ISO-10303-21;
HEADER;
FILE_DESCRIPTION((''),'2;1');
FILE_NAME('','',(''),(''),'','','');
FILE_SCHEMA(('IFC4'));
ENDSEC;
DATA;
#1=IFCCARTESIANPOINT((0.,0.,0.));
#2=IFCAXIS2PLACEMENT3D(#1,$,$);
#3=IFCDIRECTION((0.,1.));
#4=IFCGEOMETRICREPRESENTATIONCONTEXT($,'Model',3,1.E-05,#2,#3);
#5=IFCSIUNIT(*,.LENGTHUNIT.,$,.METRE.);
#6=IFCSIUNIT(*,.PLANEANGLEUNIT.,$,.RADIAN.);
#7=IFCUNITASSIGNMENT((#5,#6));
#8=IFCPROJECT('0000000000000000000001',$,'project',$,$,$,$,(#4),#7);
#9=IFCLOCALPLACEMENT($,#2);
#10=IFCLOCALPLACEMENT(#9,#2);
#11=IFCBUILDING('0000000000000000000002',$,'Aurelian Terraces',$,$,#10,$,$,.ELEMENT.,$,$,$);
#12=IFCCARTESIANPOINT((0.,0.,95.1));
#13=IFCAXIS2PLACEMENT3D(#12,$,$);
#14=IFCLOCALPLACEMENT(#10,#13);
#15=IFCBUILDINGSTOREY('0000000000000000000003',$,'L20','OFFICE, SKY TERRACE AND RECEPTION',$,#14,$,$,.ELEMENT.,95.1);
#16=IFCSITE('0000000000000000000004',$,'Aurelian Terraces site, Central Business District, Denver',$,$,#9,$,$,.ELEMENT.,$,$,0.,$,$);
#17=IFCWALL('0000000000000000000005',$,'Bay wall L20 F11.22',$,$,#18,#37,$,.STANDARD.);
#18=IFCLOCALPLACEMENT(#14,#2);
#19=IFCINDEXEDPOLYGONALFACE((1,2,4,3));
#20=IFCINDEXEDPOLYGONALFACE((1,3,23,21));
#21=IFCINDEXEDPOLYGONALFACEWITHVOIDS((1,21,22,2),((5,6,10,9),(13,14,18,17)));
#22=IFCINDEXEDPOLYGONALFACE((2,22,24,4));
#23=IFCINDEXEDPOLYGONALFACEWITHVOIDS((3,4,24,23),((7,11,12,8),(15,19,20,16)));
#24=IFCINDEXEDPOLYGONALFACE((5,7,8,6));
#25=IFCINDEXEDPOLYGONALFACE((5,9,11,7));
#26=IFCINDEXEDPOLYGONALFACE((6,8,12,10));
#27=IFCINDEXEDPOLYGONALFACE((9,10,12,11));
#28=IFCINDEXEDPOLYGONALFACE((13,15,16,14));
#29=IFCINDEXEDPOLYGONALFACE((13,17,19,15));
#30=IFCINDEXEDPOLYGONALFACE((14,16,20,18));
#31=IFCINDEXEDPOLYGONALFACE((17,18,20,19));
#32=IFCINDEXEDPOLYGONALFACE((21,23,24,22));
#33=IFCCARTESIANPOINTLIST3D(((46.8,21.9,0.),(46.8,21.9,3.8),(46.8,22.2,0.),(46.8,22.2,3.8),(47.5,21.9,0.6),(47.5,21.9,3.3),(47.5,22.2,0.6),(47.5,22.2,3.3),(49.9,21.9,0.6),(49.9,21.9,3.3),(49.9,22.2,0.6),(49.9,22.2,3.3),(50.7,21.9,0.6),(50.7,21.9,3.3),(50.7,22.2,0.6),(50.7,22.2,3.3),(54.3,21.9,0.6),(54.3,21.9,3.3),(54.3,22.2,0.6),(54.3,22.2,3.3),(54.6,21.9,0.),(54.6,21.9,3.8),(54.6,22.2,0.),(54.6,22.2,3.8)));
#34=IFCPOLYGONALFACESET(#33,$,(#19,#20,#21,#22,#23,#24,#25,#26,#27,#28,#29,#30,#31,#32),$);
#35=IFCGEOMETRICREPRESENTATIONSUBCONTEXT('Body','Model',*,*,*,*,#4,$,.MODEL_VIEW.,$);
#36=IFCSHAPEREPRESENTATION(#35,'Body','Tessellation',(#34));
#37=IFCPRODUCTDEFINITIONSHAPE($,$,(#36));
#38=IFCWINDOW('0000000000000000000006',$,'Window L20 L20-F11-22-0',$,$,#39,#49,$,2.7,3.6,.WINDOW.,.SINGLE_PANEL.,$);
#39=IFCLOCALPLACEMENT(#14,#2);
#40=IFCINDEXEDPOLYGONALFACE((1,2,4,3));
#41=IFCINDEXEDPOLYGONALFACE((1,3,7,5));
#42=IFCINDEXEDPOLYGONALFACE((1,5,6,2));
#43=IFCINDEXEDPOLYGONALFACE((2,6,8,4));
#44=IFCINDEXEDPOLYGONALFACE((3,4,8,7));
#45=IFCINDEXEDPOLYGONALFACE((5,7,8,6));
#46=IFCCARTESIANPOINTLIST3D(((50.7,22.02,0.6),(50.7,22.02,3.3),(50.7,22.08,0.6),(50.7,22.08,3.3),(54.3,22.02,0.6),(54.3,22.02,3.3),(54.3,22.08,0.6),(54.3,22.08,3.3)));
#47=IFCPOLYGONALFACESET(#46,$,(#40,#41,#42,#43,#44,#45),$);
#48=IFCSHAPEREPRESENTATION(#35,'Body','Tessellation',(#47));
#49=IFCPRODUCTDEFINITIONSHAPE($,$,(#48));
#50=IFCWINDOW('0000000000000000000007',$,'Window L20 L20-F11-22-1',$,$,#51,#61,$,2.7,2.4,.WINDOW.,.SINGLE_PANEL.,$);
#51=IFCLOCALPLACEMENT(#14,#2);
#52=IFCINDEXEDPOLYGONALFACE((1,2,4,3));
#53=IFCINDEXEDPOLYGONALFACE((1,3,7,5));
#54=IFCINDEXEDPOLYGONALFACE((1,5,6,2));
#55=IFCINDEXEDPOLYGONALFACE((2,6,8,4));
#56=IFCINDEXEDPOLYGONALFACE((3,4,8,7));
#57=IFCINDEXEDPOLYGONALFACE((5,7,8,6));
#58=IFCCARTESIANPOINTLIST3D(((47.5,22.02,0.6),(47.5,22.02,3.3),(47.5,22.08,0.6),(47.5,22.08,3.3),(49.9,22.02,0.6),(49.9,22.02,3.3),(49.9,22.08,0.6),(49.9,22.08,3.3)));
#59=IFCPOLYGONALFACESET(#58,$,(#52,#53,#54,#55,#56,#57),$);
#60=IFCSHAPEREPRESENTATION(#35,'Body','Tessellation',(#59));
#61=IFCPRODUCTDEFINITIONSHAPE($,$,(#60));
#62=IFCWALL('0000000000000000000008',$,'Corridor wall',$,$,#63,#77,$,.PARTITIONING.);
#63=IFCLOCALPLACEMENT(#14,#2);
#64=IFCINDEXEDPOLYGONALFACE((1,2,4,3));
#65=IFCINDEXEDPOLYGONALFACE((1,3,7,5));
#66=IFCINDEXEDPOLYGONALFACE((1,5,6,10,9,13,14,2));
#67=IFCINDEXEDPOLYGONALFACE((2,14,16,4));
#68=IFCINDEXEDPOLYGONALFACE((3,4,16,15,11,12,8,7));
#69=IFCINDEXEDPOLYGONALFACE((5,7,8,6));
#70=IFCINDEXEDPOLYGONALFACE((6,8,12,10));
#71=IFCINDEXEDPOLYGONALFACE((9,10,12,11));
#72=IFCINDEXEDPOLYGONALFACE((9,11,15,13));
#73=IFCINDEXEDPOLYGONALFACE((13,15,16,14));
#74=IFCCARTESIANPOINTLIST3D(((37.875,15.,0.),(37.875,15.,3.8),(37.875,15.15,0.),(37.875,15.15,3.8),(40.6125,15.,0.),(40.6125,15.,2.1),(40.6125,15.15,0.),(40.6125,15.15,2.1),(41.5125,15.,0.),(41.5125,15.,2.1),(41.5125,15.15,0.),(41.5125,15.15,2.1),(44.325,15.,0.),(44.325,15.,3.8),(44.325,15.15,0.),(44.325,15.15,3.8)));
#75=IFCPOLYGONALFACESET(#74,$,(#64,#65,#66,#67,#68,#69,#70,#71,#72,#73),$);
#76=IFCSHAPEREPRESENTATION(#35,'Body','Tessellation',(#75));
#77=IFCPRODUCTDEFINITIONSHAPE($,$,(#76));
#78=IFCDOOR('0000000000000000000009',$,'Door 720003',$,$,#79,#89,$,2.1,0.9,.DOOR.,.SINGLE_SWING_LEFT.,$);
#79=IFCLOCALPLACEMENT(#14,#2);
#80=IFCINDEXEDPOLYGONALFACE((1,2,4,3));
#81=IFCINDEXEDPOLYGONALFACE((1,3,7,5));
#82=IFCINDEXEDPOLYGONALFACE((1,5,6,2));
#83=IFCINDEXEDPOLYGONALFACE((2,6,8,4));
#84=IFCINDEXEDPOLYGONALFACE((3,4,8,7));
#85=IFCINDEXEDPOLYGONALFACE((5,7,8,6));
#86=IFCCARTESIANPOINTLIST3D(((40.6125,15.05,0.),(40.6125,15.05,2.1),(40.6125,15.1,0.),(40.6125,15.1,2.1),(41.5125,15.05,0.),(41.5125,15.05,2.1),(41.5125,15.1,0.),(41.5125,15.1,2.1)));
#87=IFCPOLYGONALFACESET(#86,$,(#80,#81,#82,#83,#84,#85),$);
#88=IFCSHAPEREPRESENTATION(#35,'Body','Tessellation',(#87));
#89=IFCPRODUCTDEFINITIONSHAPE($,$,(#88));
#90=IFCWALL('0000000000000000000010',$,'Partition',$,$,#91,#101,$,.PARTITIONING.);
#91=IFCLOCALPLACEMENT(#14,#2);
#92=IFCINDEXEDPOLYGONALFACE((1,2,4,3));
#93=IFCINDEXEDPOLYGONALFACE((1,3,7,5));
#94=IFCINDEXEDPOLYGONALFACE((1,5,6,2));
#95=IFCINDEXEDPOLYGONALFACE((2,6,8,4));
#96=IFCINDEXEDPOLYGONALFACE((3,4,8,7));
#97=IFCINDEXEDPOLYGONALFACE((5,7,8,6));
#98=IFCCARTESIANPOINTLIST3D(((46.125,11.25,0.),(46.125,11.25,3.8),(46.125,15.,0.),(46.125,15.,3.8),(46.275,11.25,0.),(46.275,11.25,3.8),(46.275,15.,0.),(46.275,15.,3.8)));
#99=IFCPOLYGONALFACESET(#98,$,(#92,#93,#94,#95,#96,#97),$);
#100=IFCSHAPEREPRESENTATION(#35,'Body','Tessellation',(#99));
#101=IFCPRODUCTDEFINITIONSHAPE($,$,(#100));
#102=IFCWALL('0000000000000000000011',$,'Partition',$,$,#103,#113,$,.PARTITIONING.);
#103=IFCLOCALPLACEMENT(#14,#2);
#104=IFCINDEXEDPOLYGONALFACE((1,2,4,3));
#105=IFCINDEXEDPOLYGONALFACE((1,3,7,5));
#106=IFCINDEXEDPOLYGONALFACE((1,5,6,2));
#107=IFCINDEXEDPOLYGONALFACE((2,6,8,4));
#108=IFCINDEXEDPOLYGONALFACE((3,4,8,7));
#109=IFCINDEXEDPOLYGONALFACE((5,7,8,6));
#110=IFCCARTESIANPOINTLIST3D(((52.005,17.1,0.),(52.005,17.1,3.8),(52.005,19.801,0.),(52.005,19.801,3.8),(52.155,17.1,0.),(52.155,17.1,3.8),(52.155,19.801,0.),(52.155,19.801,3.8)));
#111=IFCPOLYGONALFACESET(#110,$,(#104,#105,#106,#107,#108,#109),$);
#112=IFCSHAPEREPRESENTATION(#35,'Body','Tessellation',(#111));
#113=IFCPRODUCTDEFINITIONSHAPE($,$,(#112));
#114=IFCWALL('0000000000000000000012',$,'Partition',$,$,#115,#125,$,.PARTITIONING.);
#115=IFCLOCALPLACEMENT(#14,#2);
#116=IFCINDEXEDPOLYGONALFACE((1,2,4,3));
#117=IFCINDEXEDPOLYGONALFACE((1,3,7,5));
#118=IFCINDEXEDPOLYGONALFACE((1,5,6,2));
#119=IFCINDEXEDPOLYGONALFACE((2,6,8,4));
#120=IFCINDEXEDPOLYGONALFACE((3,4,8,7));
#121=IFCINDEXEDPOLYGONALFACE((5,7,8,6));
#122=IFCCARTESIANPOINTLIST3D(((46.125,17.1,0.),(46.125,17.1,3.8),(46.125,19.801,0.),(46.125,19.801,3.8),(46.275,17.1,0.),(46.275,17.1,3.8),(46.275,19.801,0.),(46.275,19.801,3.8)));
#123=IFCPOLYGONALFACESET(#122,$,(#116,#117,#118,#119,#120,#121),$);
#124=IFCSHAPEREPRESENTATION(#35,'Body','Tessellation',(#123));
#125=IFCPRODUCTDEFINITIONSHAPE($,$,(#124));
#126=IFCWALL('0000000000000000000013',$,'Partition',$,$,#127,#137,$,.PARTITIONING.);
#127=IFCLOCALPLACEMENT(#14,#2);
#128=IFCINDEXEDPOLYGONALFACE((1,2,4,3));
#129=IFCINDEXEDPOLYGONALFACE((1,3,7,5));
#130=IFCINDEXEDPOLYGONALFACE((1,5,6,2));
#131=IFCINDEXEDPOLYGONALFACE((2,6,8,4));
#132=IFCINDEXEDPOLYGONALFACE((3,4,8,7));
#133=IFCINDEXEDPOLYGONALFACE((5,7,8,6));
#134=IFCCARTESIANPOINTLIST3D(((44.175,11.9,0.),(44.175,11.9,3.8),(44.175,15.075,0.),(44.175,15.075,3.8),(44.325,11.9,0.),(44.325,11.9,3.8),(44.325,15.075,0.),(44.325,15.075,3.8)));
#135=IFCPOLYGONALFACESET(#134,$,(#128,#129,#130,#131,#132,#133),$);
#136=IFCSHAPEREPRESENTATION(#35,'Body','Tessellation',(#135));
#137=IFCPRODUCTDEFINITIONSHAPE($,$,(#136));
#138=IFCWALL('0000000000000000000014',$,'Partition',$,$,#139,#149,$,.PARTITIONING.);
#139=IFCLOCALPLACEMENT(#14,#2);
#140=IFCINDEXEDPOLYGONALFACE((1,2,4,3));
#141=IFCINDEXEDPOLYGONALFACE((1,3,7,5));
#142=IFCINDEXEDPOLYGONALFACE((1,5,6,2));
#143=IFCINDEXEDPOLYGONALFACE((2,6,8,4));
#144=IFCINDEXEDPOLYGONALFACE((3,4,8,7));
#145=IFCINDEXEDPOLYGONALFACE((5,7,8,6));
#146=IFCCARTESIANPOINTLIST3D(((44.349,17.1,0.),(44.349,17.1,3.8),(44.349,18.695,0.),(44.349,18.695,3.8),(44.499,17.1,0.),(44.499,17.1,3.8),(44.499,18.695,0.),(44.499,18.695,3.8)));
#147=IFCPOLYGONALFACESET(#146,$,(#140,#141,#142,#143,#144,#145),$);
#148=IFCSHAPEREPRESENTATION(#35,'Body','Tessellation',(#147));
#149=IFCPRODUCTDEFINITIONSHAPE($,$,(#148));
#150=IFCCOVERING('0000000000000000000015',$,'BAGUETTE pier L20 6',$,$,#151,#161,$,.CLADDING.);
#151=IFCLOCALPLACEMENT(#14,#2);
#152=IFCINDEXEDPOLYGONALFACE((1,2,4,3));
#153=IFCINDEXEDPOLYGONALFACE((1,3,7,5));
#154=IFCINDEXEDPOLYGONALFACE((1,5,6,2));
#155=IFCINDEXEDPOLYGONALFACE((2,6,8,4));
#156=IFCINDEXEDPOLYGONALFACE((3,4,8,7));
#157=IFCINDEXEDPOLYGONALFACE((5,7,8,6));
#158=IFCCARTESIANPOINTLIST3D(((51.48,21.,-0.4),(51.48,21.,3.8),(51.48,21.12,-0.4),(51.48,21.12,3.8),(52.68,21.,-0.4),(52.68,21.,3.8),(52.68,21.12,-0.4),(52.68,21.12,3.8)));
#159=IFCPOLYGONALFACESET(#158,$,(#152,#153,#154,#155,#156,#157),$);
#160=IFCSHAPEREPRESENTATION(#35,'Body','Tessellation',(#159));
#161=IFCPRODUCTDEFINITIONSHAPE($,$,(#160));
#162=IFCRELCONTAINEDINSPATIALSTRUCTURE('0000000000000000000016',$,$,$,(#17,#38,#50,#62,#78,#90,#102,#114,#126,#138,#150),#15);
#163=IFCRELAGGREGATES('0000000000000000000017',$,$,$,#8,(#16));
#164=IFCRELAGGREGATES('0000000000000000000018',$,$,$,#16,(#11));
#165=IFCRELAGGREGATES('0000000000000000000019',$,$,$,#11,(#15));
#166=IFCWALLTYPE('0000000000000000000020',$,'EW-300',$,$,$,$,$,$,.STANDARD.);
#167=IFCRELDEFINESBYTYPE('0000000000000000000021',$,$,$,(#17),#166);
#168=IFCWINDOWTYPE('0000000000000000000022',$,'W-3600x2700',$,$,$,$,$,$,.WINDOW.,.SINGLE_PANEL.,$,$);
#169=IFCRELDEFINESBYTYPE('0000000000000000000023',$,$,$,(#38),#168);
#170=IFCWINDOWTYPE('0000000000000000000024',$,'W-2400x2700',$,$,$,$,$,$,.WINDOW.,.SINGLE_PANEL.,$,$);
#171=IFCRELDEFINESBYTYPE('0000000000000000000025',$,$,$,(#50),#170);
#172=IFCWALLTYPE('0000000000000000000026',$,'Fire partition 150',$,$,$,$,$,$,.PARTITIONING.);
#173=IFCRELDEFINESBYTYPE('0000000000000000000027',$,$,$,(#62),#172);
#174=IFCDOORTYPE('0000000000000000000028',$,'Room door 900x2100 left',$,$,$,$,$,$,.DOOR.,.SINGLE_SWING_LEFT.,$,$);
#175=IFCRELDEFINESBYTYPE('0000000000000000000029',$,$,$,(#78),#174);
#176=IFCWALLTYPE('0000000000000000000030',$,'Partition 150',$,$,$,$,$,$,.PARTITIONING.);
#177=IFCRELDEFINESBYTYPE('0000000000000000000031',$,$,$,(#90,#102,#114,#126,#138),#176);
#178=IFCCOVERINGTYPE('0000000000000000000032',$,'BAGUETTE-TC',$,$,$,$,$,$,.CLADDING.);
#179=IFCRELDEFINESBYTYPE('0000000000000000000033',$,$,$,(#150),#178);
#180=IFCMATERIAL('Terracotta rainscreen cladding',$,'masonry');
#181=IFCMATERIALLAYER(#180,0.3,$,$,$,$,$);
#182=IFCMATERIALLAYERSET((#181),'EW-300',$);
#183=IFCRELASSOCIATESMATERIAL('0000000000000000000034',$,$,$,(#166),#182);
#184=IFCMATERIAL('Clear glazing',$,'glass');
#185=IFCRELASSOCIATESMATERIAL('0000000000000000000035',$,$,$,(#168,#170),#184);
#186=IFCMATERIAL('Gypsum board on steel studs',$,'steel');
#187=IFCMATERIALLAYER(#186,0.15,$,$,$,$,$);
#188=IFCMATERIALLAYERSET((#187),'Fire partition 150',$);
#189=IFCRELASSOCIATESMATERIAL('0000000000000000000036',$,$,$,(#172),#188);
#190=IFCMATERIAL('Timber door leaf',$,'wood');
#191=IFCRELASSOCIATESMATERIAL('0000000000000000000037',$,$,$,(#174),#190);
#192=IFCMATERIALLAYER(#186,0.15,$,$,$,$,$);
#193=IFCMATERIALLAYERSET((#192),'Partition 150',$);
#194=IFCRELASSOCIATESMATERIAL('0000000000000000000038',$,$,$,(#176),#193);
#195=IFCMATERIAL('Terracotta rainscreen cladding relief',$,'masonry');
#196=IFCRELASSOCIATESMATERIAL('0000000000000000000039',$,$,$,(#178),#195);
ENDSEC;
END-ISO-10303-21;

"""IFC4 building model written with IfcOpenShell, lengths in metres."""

from ifc_helpers import new_model, si_unit, direction, frame, frame_2d, origin, origin_2d, place, context, subcontext, project, spatial, rectangle, extrude, source, transform, mapped, material, layer, layer_set, type_object, element, fill, save


model = new_model("IFC4")

# Units and contexts
model_context = context("Model", 3, precision=1e-05, world=origin(), true_north=direction((0.0, 1.0)))
body_context = subcontext(model_context, "Body", "Model", "MODEL_VIEW")
ifc_project = project(units=[si_unit("LENGTHUNIT", "METRE"), si_unit("PLANEANGLEUNIT", "RADIAN")], contexts=[model_context])

# Site, building, storey
site_placement = place(None, origin())
site = spatial("IfcSite", under=ifc_project, at=site_placement, Name="Aurelian Terraces site, Central Business District, Denver", CompositionType="ELEMENT", RefElevation=0.0)
building_placement = place(site_placement, origin())
building = spatial("IfcBuilding", under=site, at=building_placement, Name="Aurelian Terraces", CompositionType="ELEMENT")
storey_placement = place(building_placement, frame((0.0, 0.0, 95.1)))
storey = spatial("IfcBuildingStorey", under=building, at=storey_placement, Name="L20", Description="OFFICE, SKY TERRACE AND RECEPTION", CompositionType="ELEMENT", Elevation=95.1)

# Shared definitions
ifc_material_1 = material(Name="Terracotta rainscreen cladding", Category="masonry")
ifc_layer_1 = layer(ifc_material_1, 0.3)
ifc_layer_set_1 = layer_set([ifc_layer_1], Name="EW-300")
wall_type_1 = type_object("IfcWallType", Name="EW-300", PredefinedType="STANDARD", material=ifc_layer_set_1)
ifc_material_2 = material(Name="Clear glazing", Category="glass")

# Wall, openings, windows
shared_shape_1 = source(origin(), body_context, "Body", "SweptSolid", [
    extrude(rectangle(XDim=7.8, YDim=0.3, at=frame_2d((3.9, 0.0))), origin(), (0.0, 0.0, 1.0), 3.8),
])
wall_1_placement = place(storey_placement, frame((54.6, 22.05, 0.0), z_axis=(0.0, 0.0, 1.0), x_axis=(-1.0, 0.0, 0.0)))
wall_1 = element("IfcWall", 1, at=wall_1_placement, inside=storey, type_object=wall_type_1, Name="Bay wall L20 F11.22", PredefinedType="STANDARD", context=body_context, shape_type="MappedRepresentation", body=[
    mapped(shared_shape_1, transform((0.0, 0.0, 0.0), scale=1.0)),
])
shared_shape_2 = source(origin(), body_context, "Body", "SweptSolid", [
    extrude(rectangle(XDim=3.6, YDim=2.7, at=frame_2d((1.8, 1.35))), frame((0.0, 0.16, 0.0), z_axis=(0.0, -1.0, 0.0), x_axis=(1.0, 0.0, 0.0)), (0.0, 0.0, 1.0), 0.32),
])
opening_1_placement = place(wall_1_placement, frame((0.3, 0.0, 0.6)))
opening_1 = element("IfcOpeningElement", 2, at=opening_1_placement, cuts=wall_1, PredefinedType="OPENING", context=body_context, shape_type="MappedRepresentation", body=[
    mapped(shared_shape_2, transform((0.0, 0.0, 0.0), scale=1.0)),
])
shared_shape_3 = source(origin(), body_context, "Body", "SweptSolid", [
    extrude(rectangle(XDim=2.4, YDim=2.7, at=frame_2d((1.2, 1.35))), frame((0.0, 0.16, 0.0), z_axis=(0.0, -1.0, 0.0), x_axis=(1.0, 0.0, 0.0)), (0.0, 0.0, 1.0), 0.32),
])
opening_2_placement = place(wall_1_placement, frame((4.7, 0.0, 0.6)))
opening_2 = element("IfcOpeningElement", 3, at=opening_2_placement, cuts=wall_1, PredefinedType="OPENING", context=body_context, shape_type="MappedRepresentation", body=[
    mapped(shared_shape_3, transform((0.0, 0.0, 0.0), scale=1.0)),
])
window_type_1 = type_object("IfcWindowType", Name="W-3600x2700", PartitioningType="SINGLE_PANEL", PredefinedType="WINDOW", material=ifc_material_2)
shared_shape_4 = source(origin(), body_context, "Body", "SweptSolid", [
    extrude(rectangle(XDim=3.6, YDim=2.7, at=frame_2d((1.8, 1.35))), frame((0.0, 0.03, 0.0), z_axis=(0.0, -1.0, 0.0), x_axis=(1.0, 0.0, 0.0)), (0.0, 0.0, 1.0), 0.06),
])
window_1_placement = place(opening_1_placement, origin())
window_1 = element("IfcWindow", 4, at=window_1_placement, inside=storey, type_object=window_type_1, Name="Window L20 L20-F11-22-0", OverallHeight=2.7, OverallWidth=3.6, PartitioningType="SINGLE_PANEL", PredefinedType="WINDOW", context=body_context, shape_type="MappedRepresentation", body=[
    mapped(shared_shape_4, transform((0.0, 0.0, 0.0), scale=1.0)),
])
fill(opening_1, window_1)
window_type_2 = type_object("IfcWindowType", Name="W-2400x2700", PartitioningType="SINGLE_PANEL", PredefinedType="WINDOW", material=ifc_material_2)
shared_shape_5 = source(origin(), body_context, "Body", "SweptSolid", [
    extrude(rectangle(XDim=2.4, YDim=2.7, at=frame_2d((1.2, 1.35))), frame((0.0, 0.03, 0.0), z_axis=(0.0, -1.0, 0.0), x_axis=(1.0, 0.0, 0.0)), (0.0, 0.0, 1.0), 0.06),
])
window_2_placement = place(opening_2_placement, origin())
window_2 = element("IfcWindow", 5, at=window_2_placement, inside=storey, type_object=window_type_2, Name="Window L20 L20-F11-22-1", OverallHeight=2.7, OverallWidth=2.4, PartitioningType="SINGLE_PANEL", PredefinedType="WINDOW", context=body_context, shape_type="MappedRepresentation", body=[
    mapped(shared_shape_5, transform((0.0, 0.0, 0.0), scale=1.0)),
])
fill(opening_2, window_2)

# Wall, opening, door
ifc_material_3 = material(Name="Gypsum board on steel studs", Category="steel")
ifc_layer_2 = layer(ifc_material_3, 0.15)
ifc_layer_set_2 = layer_set([ifc_layer_2], Name="Fire partition 150")
wall_type_2 = type_object("IfcWallType", Name="Fire partition 150", PredefinedType="PARTITIONING", material=ifc_layer_set_2)
shared_shape_6 = source(origin(), body_context, "Body", "SweptSolid", [
    extrude(rectangle(XDim=6.45, YDim=0.15, at=frame_2d((3.225, 0.0))), origin(), (0.0, 0.0, 1.0), 3.8),
])
wall_2_placement = place(storey_placement, frame((44.325, 15.075, 0.0), z_axis=(0.0, 0.0, 1.0), x_axis=(-1.0, 0.0, 0.0)))
wall_2 = element("IfcWall", 6, at=wall_2_placement, inside=storey, type_object=wall_type_2, Name="Corridor wall", PredefinedType="PARTITIONING", context=body_context, shape_type="MappedRepresentation", body=[
    mapped(shared_shape_6, transform((0.0, 0.0, 0.0), scale=1.0)),
])
shared_shape_7 = source(origin(), body_context, "Body", "SweptSolid", [
    extrude(rectangle(XDim=0.9, YDim=2.1, at=frame_2d((0.45, 1.05))), frame((0.0, 0.085, 0.0), z_axis=(0.0, -1.0, 0.0), x_axis=(1.0, 0.0, 0.0)), (0.0, 0.0, 1.0), 0.17),
])
opening_3_placement = place(wall_2_placement, frame((2.8125, 0.0, 0.0)))
opening_3 = element("IfcOpeningElement", 7, at=opening_3_placement, cuts=wall_2, PredefinedType="OPENING", context=body_context, shape_type="MappedRepresentation", body=[
    mapped(shared_shape_7, transform((0.0, 0.0, 0.0), scale=1.0)),
])
ifc_material_4 = material(Name="Timber door leaf", Category="wood")
door_type_1 = type_object("IfcDoorType", Name="Room door 900x2100 left", OperationType="SINGLE_SWING_LEFT", PredefinedType="DOOR", material=ifc_material_4)
shared_shape_8 = source(origin(), body_context, "Body", "SweptSolid", [
    extrude(rectangle(XDim=0.9, YDim=2.1, at=frame_2d((0.45, 1.05))), frame((0.0, 0.025, 0.0), z_axis=(0.0, -1.0, 0.0), x_axis=(1.0, 0.0, 0.0)), (0.0, 0.0, 1.0), 0.05),
])
door_1_placement = place(opening_3_placement, origin())
door_1 = element("IfcDoor", 8, at=door_1_placement, inside=storey, type_object=door_type_1, Name="Door 720003", OperationType="SINGLE_SWING_LEFT", OverallHeight=2.1, OverallWidth=0.9, PredefinedType="DOOR", context=body_context, shape_type="MappedRepresentation", body=[
    mapped(shared_shape_8, transform((0.0, 0.0, 0.0), scale=1.0)),
])
fill(opening_3, door_1)

# Walls
ifc_layer_3 = layer(ifc_material_3, 0.15)
ifc_layer_set_3 = layer_set([ifc_layer_3], Name="Partition 150")
wall_type_3 = type_object("IfcWallType", Name="Partition 150", PredefinedType="PARTITIONING", material=ifc_layer_set_3)
shared_shape_9 = source(origin(), body_context, "Body", "SweptSolid", [
    extrude(rectangle(XDim=3.75, YDim=0.15, at=frame_2d((1.875, 0.0))), origin(), (0.0, 0.0, 1.0), 3.8),
])
wall_3_placement = place(storey_placement, frame((46.2, 11.25, 0.0), z_axis=(0.0, 0.0, 1.0), x_axis=(0.0, 1.0, 0.0)))
element("IfcWall", 9, at=wall_3_placement, inside=storey, type_object=wall_type_3, Name="Partition", PredefinedType="PARTITIONING", context=body_context, shape_type="MappedRepresentation", body=[
    mapped(shared_shape_9, transform((0.0, 0.0, 0.0), scale=1.0)),
])
shared_shape_10 = source(origin(), body_context, "Body", "SweptSolid", [
    extrude(rectangle(XDim=2.701, YDim=0.15, at=frame_2d((1.3505, 0.0))), origin(), (0.0, 0.0, 1.0), 3.8),
])
for number, where, z_axis, x_axis, name in (
    (10, (52.08, 19.801, 0.0), (0.0, 0.0, 1.0), (0.0, -1.0, 0.0), "Partition"),
    (11, (46.2, 17.1, 0.0), (0.0, 0.0, 1.0), (0.0, 1.0, 0.0), "Partition"),
):
    element("IfcWall", number, at=place(storey_placement, frame(where, z_axis=z_axis, x_axis=x_axis)), inside=storey, type_object=wall_type_3, Name=name, PredefinedType="PARTITIONING", context=body_context, shape_type="MappedRepresentation", body=[
        mapped(shared_shape_10, transform((0.0, 0.0, 0.0), scale=1.0)),
    ])
shared_shape_11 = source(origin(), body_context, "Body", "SweptSolid", [
    extrude(rectangle(XDim=3.175, YDim=0.15, at=frame_2d((1.5875, 0.0))), origin(), (0.0, 0.0, 1.0), 3.8),
])
wall_4_placement = place(storey_placement, frame((44.25, 11.9, 0.0), z_axis=(0.0, 0.0, 1.0), x_axis=(0.0, 1.0, 0.0)))
element("IfcWall", 12, at=wall_4_placement, inside=storey, type_object=wall_type_3, Name="Partition", PredefinedType="PARTITIONING", context=body_context, shape_type="MappedRepresentation", body=[
    mapped(shared_shape_11, transform((0.0, 0.0, 0.0), scale=1.0)),
])
shared_shape_12 = source(origin(), body_context, "Body", "SweptSolid", [
    extrude(rectangle(XDim=1.595, YDim=0.15, at=frame_2d((0.7975, 0.0))), origin(), (0.0, 0.0, 1.0), 3.8),
])
wall_5_placement = place(storey_placement, frame((44.424, 18.695, 0.0), z_axis=(0.0, 0.0, 1.0), x_axis=(0.0, -1.0, 0.0)))
element("IfcWall", 13, at=wall_5_placement, inside=storey, type_object=wall_type_3, Name="Partition", PredefinedType="PARTITIONING", context=body_context, shape_type="MappedRepresentation", body=[
    mapped(shared_shape_12, transform((0.0, 0.0, 0.0), scale=1.0)),
])

# Covering
ifc_material_5 = material(Name="Terracotta rainscreen cladding relief", Category="masonry")
covering_type_1 = type_object("IfcCoveringType", Name="BAGUETTE-TC", PredefinedType="CLADDING", material=ifc_material_5)
shared_shape_13 = source(origin(), body_context, "Body", "SweptSolid", [
    extrude(rectangle(XDim=1.2, YDim=0.12, at=origin_2d()), origin(), (0.0, 0.0, 1.0), 4.2),
])
covering_1_placement = place(storey_placement, frame((52.08, 21.06, -0.4), z_axis=(0.0, 0.0, 1.0), x_axis=(1.0, 0.0, 0.0)))
element("IfcCovering", 14, at=covering_1_placement, inside=storey, type_object=covering_type_1, Name="BAGUETTE pier L20 6", PredefinedType="CLADDING", context=body_context, shape_type="MappedRepresentation", body=[
    mapped(shared_shape_13, transform((0.0, 0.0, 0.0), scale=1.0)),
])

save(model, "model.ifc")
